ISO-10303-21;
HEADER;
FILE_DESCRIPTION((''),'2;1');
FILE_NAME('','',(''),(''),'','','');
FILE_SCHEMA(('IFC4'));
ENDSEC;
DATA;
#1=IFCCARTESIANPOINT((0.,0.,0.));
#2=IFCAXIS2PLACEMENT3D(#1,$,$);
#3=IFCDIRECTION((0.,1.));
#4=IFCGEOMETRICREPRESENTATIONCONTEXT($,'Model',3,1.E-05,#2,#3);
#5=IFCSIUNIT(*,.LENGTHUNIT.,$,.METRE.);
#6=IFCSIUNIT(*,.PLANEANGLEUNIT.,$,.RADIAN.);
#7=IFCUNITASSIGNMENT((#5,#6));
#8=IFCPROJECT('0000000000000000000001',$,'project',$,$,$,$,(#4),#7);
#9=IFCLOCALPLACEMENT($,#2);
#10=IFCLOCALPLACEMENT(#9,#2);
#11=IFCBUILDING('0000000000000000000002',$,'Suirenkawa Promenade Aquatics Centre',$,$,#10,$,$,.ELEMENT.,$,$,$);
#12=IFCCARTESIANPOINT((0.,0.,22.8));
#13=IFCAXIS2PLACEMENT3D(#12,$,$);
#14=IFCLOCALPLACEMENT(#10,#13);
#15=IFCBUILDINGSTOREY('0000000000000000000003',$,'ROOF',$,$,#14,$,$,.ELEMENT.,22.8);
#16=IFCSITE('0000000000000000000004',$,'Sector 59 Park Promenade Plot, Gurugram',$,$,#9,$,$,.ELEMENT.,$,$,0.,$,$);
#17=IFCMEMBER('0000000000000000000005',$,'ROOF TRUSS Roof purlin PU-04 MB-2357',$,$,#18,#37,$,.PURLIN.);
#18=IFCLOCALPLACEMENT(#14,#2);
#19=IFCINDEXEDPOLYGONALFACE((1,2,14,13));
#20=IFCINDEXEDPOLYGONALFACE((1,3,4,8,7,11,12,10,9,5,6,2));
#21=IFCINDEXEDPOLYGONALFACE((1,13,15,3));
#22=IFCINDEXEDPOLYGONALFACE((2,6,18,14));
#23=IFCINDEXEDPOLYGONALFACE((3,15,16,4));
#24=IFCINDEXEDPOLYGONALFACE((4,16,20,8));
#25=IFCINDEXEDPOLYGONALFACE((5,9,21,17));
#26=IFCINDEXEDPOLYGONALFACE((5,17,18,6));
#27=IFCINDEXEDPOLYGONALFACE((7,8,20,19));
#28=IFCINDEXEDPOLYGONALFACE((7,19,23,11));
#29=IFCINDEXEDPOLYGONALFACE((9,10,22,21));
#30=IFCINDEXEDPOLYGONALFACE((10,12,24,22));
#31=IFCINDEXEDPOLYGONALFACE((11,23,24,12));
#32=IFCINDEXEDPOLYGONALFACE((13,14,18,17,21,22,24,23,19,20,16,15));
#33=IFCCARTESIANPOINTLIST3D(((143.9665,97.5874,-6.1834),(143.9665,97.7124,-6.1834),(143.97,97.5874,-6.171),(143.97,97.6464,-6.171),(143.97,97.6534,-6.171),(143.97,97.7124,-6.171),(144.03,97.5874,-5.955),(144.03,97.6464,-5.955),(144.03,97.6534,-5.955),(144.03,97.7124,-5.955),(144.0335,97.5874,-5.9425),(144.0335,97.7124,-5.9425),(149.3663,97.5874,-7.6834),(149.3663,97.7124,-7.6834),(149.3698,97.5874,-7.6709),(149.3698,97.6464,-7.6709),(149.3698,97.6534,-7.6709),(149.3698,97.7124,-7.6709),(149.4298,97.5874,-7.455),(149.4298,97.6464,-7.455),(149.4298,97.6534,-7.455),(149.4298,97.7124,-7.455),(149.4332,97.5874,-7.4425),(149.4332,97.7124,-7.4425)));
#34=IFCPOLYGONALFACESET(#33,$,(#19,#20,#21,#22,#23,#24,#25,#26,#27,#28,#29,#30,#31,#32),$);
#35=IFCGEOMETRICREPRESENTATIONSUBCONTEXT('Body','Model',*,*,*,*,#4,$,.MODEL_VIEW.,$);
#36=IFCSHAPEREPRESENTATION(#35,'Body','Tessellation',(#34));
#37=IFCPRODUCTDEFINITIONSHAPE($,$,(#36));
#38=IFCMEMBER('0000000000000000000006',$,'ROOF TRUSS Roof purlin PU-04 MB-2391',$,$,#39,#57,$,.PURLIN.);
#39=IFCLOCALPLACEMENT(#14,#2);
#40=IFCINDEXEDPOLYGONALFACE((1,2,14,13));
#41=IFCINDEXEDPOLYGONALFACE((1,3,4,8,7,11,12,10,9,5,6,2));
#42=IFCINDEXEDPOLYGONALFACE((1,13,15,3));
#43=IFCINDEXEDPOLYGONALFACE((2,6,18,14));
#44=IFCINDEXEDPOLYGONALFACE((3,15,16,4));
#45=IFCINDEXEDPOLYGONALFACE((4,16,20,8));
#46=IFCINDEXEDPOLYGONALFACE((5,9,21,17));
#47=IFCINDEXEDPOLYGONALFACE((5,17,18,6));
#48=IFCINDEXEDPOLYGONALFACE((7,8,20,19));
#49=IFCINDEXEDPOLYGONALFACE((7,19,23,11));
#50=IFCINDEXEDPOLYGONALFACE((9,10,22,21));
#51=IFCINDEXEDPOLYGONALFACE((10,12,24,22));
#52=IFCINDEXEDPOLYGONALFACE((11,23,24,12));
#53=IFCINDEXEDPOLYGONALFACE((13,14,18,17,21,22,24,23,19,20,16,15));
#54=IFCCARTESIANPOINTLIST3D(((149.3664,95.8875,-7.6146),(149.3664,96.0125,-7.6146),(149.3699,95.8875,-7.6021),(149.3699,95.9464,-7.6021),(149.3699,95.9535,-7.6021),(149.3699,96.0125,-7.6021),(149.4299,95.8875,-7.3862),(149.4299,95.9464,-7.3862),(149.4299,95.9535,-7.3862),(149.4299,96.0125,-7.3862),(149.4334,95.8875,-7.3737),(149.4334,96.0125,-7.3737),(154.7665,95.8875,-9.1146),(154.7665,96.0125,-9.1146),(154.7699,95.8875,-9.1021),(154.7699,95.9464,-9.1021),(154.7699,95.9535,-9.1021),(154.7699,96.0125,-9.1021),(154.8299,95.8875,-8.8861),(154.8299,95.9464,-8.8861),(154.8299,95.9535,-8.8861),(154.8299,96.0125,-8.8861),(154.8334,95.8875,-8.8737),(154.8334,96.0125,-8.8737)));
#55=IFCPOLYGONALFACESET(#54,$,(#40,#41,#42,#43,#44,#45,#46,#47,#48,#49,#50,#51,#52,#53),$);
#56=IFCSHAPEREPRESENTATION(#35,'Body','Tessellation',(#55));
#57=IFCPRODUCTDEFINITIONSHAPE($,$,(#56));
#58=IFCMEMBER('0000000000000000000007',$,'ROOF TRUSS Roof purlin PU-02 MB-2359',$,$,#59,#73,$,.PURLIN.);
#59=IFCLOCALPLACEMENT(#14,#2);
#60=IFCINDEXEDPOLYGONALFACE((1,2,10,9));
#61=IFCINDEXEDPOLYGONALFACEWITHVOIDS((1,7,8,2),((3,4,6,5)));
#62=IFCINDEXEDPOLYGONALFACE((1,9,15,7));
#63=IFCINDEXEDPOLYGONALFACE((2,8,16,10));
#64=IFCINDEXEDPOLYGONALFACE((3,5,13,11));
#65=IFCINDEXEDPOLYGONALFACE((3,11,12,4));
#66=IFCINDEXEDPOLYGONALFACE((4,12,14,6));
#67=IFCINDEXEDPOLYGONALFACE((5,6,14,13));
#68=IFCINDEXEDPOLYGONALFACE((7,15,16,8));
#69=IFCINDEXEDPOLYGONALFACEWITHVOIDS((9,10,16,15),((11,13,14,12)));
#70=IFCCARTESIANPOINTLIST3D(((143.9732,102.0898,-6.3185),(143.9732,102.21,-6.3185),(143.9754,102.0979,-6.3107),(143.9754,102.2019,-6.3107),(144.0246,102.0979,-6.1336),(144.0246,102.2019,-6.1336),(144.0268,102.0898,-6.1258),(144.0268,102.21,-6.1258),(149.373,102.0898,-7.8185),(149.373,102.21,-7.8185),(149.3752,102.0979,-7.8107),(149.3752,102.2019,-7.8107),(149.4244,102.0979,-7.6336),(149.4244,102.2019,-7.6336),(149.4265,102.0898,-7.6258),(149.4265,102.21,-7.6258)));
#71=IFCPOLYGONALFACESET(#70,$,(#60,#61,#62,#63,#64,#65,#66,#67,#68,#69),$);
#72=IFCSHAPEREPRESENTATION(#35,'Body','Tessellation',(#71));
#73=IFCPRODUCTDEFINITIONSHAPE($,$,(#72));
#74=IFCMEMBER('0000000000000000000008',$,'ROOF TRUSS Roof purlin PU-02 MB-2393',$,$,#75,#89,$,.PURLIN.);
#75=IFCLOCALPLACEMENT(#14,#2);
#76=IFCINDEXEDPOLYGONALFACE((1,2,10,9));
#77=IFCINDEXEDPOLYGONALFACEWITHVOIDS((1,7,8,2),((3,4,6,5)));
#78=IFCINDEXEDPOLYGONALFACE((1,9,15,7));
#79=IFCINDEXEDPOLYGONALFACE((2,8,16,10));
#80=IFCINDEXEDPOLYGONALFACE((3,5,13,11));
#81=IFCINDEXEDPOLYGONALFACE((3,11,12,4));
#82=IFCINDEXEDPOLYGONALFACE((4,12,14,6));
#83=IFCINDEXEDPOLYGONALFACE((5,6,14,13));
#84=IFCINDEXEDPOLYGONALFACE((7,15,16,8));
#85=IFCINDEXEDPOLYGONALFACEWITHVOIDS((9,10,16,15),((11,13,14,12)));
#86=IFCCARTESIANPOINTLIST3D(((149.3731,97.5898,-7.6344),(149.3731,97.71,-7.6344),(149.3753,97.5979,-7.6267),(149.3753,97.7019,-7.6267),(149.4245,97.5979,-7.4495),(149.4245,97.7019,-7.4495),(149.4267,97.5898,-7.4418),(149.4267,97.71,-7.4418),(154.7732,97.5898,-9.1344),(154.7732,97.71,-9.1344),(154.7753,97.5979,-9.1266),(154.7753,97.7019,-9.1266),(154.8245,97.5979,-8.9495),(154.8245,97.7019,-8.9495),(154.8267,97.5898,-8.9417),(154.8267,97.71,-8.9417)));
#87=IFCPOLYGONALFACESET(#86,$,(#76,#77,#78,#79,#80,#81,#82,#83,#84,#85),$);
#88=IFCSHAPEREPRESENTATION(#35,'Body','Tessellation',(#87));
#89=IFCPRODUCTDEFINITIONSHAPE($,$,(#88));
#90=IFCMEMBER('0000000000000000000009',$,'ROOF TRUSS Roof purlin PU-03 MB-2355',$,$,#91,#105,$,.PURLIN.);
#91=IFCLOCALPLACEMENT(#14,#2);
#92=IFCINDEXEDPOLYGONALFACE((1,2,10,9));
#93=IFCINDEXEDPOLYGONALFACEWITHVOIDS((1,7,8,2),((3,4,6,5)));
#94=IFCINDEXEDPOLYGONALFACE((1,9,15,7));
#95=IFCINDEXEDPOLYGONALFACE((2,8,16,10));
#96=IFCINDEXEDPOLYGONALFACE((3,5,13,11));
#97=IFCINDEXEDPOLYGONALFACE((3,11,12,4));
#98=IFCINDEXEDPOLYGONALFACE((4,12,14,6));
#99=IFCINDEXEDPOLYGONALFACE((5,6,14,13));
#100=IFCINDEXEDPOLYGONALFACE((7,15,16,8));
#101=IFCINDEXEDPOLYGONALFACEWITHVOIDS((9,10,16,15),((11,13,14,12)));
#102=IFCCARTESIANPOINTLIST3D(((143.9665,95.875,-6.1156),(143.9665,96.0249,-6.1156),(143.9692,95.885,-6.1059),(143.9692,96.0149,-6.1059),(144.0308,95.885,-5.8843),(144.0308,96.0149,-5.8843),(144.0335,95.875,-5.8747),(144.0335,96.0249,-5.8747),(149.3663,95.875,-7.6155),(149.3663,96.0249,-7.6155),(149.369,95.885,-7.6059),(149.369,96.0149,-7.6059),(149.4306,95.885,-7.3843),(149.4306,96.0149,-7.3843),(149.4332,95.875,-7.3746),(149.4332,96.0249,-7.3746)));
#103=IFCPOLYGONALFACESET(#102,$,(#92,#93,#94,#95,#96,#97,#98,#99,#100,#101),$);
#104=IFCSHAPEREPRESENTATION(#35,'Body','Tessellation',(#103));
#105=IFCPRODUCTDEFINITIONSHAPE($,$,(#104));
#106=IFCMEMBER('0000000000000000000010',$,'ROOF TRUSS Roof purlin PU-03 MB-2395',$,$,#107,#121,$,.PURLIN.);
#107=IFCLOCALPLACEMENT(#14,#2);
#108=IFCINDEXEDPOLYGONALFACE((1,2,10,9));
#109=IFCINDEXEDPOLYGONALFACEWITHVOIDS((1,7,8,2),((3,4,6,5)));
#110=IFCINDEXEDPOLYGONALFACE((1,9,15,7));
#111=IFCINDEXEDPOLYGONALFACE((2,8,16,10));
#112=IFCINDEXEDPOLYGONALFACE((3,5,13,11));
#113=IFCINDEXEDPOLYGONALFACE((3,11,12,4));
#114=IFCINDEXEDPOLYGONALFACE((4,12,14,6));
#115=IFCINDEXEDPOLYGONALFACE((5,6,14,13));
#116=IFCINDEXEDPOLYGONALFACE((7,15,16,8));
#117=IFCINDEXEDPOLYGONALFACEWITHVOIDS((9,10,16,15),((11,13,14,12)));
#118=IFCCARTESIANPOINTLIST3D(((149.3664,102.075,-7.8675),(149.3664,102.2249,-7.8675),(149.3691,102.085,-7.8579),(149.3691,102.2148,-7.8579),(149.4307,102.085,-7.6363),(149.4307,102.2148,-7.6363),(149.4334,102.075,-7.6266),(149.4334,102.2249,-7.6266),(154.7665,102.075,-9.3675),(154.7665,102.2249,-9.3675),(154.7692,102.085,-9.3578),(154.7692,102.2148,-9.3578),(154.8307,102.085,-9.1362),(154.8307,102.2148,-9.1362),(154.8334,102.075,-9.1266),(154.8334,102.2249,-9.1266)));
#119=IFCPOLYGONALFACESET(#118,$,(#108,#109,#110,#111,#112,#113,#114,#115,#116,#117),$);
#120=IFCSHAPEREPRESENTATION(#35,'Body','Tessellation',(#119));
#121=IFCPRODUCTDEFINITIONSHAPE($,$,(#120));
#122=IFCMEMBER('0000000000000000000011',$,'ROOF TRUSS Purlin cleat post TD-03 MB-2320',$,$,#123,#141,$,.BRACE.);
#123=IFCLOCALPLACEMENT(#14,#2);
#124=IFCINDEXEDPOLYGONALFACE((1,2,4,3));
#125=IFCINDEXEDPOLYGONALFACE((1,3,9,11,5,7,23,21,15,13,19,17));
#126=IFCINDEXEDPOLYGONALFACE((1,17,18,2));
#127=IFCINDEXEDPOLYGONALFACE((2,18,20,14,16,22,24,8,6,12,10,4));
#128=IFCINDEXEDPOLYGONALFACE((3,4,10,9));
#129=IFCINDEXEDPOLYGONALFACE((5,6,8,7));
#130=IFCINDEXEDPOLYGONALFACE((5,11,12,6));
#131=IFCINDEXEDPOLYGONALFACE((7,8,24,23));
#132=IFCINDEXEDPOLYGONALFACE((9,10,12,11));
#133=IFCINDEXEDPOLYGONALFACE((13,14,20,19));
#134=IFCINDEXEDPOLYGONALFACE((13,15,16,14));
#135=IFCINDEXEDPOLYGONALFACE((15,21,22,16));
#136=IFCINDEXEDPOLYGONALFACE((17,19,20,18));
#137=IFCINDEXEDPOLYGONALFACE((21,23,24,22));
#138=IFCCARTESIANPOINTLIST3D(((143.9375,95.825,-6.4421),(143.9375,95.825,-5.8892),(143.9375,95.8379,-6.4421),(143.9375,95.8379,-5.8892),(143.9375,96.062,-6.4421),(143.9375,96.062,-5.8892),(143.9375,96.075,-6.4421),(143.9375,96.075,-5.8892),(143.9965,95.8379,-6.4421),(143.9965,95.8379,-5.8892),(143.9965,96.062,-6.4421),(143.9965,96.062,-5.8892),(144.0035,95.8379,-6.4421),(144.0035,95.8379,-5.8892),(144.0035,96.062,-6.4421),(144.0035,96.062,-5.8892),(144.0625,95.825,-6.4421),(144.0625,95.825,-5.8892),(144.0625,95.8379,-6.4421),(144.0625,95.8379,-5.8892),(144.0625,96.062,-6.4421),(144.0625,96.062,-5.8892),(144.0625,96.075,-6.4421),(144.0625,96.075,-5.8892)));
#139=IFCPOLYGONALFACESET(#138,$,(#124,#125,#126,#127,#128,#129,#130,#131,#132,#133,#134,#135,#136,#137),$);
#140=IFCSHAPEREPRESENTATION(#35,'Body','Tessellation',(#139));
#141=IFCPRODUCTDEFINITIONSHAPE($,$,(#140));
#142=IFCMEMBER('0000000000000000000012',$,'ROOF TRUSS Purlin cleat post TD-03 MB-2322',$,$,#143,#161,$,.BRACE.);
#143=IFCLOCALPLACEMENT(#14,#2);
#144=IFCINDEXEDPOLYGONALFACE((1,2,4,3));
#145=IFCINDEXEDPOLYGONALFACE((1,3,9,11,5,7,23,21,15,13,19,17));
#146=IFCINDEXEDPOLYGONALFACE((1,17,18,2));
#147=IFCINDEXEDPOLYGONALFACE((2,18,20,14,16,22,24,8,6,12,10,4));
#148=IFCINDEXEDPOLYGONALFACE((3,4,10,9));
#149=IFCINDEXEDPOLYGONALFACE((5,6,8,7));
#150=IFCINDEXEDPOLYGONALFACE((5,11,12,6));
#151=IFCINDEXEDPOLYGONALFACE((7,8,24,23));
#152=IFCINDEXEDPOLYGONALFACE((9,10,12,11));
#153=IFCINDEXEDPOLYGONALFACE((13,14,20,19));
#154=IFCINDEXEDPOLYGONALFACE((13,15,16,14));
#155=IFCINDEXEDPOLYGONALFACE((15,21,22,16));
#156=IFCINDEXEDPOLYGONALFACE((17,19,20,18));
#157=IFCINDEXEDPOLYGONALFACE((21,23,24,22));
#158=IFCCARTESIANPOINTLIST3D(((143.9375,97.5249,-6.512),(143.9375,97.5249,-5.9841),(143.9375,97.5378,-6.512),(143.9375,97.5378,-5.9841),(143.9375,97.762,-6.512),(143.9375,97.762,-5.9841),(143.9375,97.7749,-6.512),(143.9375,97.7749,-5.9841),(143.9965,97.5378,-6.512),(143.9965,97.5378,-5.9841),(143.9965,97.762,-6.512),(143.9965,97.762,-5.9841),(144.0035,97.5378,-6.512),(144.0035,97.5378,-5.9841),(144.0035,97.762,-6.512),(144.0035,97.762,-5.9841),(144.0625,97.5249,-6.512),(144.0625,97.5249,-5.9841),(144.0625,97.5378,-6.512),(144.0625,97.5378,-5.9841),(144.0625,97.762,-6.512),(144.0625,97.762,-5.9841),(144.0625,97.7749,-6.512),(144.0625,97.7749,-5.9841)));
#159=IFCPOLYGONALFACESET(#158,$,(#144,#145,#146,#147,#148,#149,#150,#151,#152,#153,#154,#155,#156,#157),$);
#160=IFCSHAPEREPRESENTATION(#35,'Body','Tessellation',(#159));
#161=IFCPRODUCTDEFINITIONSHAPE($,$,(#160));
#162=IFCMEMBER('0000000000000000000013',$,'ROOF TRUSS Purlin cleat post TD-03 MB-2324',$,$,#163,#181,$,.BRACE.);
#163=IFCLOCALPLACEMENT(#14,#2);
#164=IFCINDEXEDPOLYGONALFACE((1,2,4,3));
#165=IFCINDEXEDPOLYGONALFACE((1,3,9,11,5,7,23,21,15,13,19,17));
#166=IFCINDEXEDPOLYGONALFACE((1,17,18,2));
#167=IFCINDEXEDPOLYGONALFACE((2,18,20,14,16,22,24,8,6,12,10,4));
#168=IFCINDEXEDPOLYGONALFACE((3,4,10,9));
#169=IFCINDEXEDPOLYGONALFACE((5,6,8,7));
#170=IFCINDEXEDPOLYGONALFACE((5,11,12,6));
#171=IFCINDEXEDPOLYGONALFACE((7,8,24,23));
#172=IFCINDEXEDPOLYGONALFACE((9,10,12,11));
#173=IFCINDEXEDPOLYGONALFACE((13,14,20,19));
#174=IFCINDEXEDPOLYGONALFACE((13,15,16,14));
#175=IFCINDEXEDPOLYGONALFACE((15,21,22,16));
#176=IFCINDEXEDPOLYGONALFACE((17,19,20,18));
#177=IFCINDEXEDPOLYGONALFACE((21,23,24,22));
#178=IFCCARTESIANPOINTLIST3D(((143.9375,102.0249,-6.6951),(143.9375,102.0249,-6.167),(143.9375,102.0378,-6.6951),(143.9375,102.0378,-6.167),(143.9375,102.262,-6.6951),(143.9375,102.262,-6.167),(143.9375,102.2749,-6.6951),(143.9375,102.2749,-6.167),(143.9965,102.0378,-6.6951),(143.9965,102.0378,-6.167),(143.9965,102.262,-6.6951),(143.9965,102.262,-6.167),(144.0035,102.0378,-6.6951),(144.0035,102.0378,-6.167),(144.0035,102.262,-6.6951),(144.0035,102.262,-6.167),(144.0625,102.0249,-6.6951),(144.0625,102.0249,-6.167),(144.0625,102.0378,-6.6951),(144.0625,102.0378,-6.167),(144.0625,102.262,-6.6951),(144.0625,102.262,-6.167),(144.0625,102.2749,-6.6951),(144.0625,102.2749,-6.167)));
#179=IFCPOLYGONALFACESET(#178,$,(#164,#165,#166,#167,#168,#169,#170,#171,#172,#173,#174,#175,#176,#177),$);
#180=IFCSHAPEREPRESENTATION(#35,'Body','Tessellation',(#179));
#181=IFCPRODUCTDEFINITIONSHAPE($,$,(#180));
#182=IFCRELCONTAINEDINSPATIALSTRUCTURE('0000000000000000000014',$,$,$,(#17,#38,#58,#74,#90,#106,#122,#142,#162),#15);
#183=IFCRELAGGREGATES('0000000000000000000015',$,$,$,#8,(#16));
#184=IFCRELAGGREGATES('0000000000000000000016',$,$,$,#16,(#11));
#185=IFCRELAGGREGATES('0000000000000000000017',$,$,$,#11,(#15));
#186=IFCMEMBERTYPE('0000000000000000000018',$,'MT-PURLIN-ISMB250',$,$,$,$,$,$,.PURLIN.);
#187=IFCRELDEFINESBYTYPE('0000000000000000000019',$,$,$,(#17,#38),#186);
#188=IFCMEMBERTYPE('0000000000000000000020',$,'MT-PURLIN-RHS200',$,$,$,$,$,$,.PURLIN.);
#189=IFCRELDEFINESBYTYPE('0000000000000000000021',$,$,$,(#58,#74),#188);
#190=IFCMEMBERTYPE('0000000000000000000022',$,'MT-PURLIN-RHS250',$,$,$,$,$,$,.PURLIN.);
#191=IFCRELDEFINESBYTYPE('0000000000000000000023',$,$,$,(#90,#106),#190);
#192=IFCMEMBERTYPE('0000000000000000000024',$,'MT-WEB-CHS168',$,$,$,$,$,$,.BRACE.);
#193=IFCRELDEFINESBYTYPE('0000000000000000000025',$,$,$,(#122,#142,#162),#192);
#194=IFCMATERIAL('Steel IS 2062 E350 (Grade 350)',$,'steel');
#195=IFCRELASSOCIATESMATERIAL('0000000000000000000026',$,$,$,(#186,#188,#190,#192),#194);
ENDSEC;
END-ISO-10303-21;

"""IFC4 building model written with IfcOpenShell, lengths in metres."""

from ifc_helpers import new_model, si_unit, direction, frame, origin, origin_2d, place, context, subcontext, project, spatial, hollow_rectangle, i_section, extrude, material, material_profile, profile_set, type_object, element, save


model = new_model("IFC4")

# Units and contexts
model_context = context("Model", 3, precision=1e-05, world=origin(), true_north=direction((0.0, 1.0)))
body_context = subcontext(model_context, "Body", "Model", "MODEL_VIEW")
ifc_project = project(units=[si_unit("LENGTHUNIT", "METRE"), si_unit("PLANEANGLEUNIT", "RADIAN")], contexts=[model_context])

# Site, building, storey
site_placement = place(None, origin())
site = spatial("IfcSite", under=ifc_project, at=site_placement, Name="Sector 59 Park Promenade Plot, Gurugram", CompositionType="ELEMENT", RefElevation=0.0)
building_placement = place(site_placement, origin())
building = spatial("IfcBuilding", under=site, at=building_placement, Name="Suirenkawa Promenade Aquatics Centre", CompositionType="ELEMENT")
storey_placement = place(building_placement, frame((0.0, 0.0, 22.8)))
storey = spatial("IfcBuildingStorey", under=building, at=storey_placement, Name="ROOF", CompositionType="ELEMENT", Elevation=22.8)

# Shared definitions
ifc_material_1 = material(Name="Steel IS 2062 E350 (Grade 350)", Category="steel")

# Members
ifc_material_profile_1 = material_profile(ifc_material_1, i_section(OverallWidth=0.125, OverallDepth=0.25, WebThickness=0.0071, FlangeThickness=0.0129, at=origin_2d()), Name="ISMB 250", Category="steel")
ifc_profile_set_1 = profile_set([ifc_material_profile_1], Name="Steel IS 2062 E350 (Grade 350)")
member_type_1 = type_object("IfcMemberType", Name="MT-PURLIN-ISMB250", PredefinedType="PURLIN", material=ifc_profile_set_1)
member_1_placement = place(storey_placement, frame((144.0, 97.6499, -6.063), z_axis=(0.963517, 0.0, -0.267648), x_axis=(0.0, 1.0, 0.0)))
element("IfcMember", 1, at=member_1_placement, inside=storey, type_object=member_type_1, Name="ROOF TRUSS Roof purlin PU-04 MB-2357", PredefinedType="PURLIN", context=body_context, shape_type="SweptSolid", body=[
    extrude(i_section(OverallWidth=0.125, OverallDepth=0.25, WebThickness=0.0071, FlangeThickness=0.0129, at=origin_2d()), origin(), (0.0, 0.0, 1.0), 5.6042),
])
member_2_placement = place(storey_placement, frame((149.3999, 95.95, -7.4941), z_axis=(0.96352, 0.0, -0.267637), x_axis=(0.0, 1.0, 0.0)))
element("IfcMember", 2, at=member_2_placement, inside=storey, type_object=member_type_1, Name="ROOF TRUSS Roof purlin PU-04 MB-2391", PredefinedType="PURLIN", context=body_context, shape_type="SweptSolid", body=[
    extrude(i_section(OverallWidth=0.125, OverallDepth=0.25, WebThickness=0.0071, FlangeThickness=0.0129, at=origin_2d()), origin(), (0.0, 0.0, 1.0), 5.6045),
])
ifc_material_profile_2 = material_profile(ifc_material_1, hollow_rectangle(XDim=0.1201, YDim=0.2, WallThickness=0.0081, at=origin_2d()), Name="RHS 200x120x8", Category="steel")
ifc_profile_set_2 = profile_set([ifc_material_profile_2], Name="Steel IS 2062 E350 (Grade 350)")
member_type_2 = type_object("IfcMemberType", Name="MT-PURLIN-RHS200", PredefinedType="PURLIN", material=ifc_profile_set_2)
member_3_placement = place(storey_placement, frame((144.0, 102.1499, -6.2222), z_axis=(0.963517, 0.0, -0.267648), x_axis=(0.0, 1.0, 0.0)))
element("IfcMember", 3, at=member_3_placement, inside=storey, type_object=member_type_2, Name="ROOF TRUSS Roof purlin PU-02 MB-2359", PredefinedType="PURLIN", context=body_context, shape_type="SweptSolid", body=[
    extrude(hollow_rectangle(XDim=0.1201, YDim=0.2, WallThickness=0.0081, at=origin_2d()), origin(), (0.0, 0.0, 1.0), 5.6042),
])
member_4_placement = place(storey_placement, frame((149.3999, 97.6499, -7.5381), z_axis=(0.96352, 0.0, -0.267637), x_axis=(0.0, 1.0, 0.0)))
element("IfcMember", 4, at=member_4_placement, inside=storey, type_object=member_type_2, Name="ROOF TRUSS Roof purlin PU-02 MB-2393", PredefinedType="PURLIN", context=body_context, shape_type="SweptSolid", body=[
    extrude(hollow_rectangle(XDim=0.1201, YDim=0.2, WallThickness=0.0081, at=origin_2d()), origin(), (0.0, 0.0, 1.0), 5.6045),
])
ifc_material_profile_3 = material_profile(ifc_material_1, hollow_rectangle(XDim=0.1499, YDim=0.25, WallThickness=0.01, at=origin_2d()), Name="RHS 250x150x10", Category="steel")
ifc_profile_set_3 = profile_set([ifc_material_profile_3], Name="Steel IS 2062 E350 (Grade 350)")
member_type_3 = type_object("IfcMemberType", Name="MT-PURLIN-RHS250", PredefinedType="PURLIN", material=ifc_profile_set_3)
member_5_placement = place(storey_placement, frame((144.0, 95.95, -5.9951), z_axis=(0.963517, 0.0, -0.267648), x_axis=(0.0, 1.0, 0.0)))
element("IfcMember", 5, at=member_5_placement, inside=storey, type_object=member_type_3, Name="ROOF TRUSS Roof purlin PU-03 MB-2355", PredefinedType="PURLIN", context=body_context, shape_type="SweptSolid", body=[
    extrude(hollow_rectangle(XDim=0.1499, YDim=0.25, WallThickness=0.01, at=origin_2d()), origin(), (0.0, 0.0, 1.0), 5.6042),
])
member_6_placement = place(storey_placement, frame((149.3999, 102.1499, -7.7471), z_axis=(0.96352, 0.0, -0.267637), x_axis=(0.0, 1.0, 0.0)))
element("IfcMember", 6, at=member_6_placement, inside=storey, type_object=member_type_3, Name="ROOF TRUSS Roof purlin PU-03 MB-2395", PredefinedType="PURLIN", context=body_context, shape_type="SweptSolid", body=[
    extrude(hollow_rectangle(XDim=0.1499, YDim=0.25, WallThickness=0.01, at=origin_2d()), origin(), (0.0, 0.0, 1.0), 5.6045),
])
ifc_material_profile_4 = material_profile(ifc_material_1, i_section(OverallWidth=0.125, OverallDepth=0.25, WebThickness=0.0071, FlangeThickness=0.0129, at=origin_2d()), Name="ISMB 250", Category="steel")
ifc_profile_set_4 = profile_set([ifc_material_profile_4], Name="Steel IS 2062 E350 (Grade 350)")
member_type_4 = type_object("IfcMemberType", Name="MT-WEB-CHS168", PredefinedType="BRACE", material=ifc_profile_set_4)
member_7_placement = place(storey_placement, frame((144.0, 95.95, -6.4421), z_axis=(0.0, 0.0, 1.0), x_axis=(1.0, 0.0, 0.0)))
element("IfcMember", 7, at=member_7_placement, inside=storey, type_object=member_type_4, Name="ROOF TRUSS Purlin cleat post TD-03 MB-2320", PredefinedType="BRACE", context=body_context, shape_type="SweptSolid", body=[
    extrude(i_section(OverallWidth=0.125, OverallDepth=0.25, WebThickness=0.0071, FlangeThickness=0.0129, at=origin_2d()), origin(), (0.0, 0.0, 1.0), 0.553),
])
member_8_placement = place(storey_placement, frame((144.0, 97.6499, -6.512), z_axis=(0.0, 0.0, 1.0), x_axis=(1.0, 0.0, 0.0)))
element("IfcMember", 8, at=member_8_placement, inside=storey, type_object=member_type_4, Name="ROOF TRUSS Purlin cleat post TD-03 MB-2322", PredefinedType="BRACE", context=body_context, shape_type="SweptSolid", body=[
    extrude(i_section(OverallWidth=0.125, OverallDepth=0.25, WebThickness=0.0071, FlangeThickness=0.0129, at=origin_2d()), origin(), (0.0, 0.0, 1.0), 0.5278),
])
member_9_placement = place(storey_placement, frame((144.0, 102.1499, -6.6951), z_axis=(0.0, 0.0, 1.0), x_axis=(1.0, 0.0, 0.0)))
element("IfcMember", 9, at=member_9_placement, inside=storey, type_object=member_type_4, Name="ROOF TRUSS Purlin cleat post TD-03 MB-2324", PredefinedType="BRACE", context=body_context, shape_type="SweptSolid", body=[
    extrude(i_section(OverallWidth=0.125, OverallDepth=0.25, WebThickness=0.0071, FlangeThickness=0.0129, at=origin_2d()), origin(), (0.0, 0.0, 1.0), 0.5281),
])

save(model, "model.ifc")
